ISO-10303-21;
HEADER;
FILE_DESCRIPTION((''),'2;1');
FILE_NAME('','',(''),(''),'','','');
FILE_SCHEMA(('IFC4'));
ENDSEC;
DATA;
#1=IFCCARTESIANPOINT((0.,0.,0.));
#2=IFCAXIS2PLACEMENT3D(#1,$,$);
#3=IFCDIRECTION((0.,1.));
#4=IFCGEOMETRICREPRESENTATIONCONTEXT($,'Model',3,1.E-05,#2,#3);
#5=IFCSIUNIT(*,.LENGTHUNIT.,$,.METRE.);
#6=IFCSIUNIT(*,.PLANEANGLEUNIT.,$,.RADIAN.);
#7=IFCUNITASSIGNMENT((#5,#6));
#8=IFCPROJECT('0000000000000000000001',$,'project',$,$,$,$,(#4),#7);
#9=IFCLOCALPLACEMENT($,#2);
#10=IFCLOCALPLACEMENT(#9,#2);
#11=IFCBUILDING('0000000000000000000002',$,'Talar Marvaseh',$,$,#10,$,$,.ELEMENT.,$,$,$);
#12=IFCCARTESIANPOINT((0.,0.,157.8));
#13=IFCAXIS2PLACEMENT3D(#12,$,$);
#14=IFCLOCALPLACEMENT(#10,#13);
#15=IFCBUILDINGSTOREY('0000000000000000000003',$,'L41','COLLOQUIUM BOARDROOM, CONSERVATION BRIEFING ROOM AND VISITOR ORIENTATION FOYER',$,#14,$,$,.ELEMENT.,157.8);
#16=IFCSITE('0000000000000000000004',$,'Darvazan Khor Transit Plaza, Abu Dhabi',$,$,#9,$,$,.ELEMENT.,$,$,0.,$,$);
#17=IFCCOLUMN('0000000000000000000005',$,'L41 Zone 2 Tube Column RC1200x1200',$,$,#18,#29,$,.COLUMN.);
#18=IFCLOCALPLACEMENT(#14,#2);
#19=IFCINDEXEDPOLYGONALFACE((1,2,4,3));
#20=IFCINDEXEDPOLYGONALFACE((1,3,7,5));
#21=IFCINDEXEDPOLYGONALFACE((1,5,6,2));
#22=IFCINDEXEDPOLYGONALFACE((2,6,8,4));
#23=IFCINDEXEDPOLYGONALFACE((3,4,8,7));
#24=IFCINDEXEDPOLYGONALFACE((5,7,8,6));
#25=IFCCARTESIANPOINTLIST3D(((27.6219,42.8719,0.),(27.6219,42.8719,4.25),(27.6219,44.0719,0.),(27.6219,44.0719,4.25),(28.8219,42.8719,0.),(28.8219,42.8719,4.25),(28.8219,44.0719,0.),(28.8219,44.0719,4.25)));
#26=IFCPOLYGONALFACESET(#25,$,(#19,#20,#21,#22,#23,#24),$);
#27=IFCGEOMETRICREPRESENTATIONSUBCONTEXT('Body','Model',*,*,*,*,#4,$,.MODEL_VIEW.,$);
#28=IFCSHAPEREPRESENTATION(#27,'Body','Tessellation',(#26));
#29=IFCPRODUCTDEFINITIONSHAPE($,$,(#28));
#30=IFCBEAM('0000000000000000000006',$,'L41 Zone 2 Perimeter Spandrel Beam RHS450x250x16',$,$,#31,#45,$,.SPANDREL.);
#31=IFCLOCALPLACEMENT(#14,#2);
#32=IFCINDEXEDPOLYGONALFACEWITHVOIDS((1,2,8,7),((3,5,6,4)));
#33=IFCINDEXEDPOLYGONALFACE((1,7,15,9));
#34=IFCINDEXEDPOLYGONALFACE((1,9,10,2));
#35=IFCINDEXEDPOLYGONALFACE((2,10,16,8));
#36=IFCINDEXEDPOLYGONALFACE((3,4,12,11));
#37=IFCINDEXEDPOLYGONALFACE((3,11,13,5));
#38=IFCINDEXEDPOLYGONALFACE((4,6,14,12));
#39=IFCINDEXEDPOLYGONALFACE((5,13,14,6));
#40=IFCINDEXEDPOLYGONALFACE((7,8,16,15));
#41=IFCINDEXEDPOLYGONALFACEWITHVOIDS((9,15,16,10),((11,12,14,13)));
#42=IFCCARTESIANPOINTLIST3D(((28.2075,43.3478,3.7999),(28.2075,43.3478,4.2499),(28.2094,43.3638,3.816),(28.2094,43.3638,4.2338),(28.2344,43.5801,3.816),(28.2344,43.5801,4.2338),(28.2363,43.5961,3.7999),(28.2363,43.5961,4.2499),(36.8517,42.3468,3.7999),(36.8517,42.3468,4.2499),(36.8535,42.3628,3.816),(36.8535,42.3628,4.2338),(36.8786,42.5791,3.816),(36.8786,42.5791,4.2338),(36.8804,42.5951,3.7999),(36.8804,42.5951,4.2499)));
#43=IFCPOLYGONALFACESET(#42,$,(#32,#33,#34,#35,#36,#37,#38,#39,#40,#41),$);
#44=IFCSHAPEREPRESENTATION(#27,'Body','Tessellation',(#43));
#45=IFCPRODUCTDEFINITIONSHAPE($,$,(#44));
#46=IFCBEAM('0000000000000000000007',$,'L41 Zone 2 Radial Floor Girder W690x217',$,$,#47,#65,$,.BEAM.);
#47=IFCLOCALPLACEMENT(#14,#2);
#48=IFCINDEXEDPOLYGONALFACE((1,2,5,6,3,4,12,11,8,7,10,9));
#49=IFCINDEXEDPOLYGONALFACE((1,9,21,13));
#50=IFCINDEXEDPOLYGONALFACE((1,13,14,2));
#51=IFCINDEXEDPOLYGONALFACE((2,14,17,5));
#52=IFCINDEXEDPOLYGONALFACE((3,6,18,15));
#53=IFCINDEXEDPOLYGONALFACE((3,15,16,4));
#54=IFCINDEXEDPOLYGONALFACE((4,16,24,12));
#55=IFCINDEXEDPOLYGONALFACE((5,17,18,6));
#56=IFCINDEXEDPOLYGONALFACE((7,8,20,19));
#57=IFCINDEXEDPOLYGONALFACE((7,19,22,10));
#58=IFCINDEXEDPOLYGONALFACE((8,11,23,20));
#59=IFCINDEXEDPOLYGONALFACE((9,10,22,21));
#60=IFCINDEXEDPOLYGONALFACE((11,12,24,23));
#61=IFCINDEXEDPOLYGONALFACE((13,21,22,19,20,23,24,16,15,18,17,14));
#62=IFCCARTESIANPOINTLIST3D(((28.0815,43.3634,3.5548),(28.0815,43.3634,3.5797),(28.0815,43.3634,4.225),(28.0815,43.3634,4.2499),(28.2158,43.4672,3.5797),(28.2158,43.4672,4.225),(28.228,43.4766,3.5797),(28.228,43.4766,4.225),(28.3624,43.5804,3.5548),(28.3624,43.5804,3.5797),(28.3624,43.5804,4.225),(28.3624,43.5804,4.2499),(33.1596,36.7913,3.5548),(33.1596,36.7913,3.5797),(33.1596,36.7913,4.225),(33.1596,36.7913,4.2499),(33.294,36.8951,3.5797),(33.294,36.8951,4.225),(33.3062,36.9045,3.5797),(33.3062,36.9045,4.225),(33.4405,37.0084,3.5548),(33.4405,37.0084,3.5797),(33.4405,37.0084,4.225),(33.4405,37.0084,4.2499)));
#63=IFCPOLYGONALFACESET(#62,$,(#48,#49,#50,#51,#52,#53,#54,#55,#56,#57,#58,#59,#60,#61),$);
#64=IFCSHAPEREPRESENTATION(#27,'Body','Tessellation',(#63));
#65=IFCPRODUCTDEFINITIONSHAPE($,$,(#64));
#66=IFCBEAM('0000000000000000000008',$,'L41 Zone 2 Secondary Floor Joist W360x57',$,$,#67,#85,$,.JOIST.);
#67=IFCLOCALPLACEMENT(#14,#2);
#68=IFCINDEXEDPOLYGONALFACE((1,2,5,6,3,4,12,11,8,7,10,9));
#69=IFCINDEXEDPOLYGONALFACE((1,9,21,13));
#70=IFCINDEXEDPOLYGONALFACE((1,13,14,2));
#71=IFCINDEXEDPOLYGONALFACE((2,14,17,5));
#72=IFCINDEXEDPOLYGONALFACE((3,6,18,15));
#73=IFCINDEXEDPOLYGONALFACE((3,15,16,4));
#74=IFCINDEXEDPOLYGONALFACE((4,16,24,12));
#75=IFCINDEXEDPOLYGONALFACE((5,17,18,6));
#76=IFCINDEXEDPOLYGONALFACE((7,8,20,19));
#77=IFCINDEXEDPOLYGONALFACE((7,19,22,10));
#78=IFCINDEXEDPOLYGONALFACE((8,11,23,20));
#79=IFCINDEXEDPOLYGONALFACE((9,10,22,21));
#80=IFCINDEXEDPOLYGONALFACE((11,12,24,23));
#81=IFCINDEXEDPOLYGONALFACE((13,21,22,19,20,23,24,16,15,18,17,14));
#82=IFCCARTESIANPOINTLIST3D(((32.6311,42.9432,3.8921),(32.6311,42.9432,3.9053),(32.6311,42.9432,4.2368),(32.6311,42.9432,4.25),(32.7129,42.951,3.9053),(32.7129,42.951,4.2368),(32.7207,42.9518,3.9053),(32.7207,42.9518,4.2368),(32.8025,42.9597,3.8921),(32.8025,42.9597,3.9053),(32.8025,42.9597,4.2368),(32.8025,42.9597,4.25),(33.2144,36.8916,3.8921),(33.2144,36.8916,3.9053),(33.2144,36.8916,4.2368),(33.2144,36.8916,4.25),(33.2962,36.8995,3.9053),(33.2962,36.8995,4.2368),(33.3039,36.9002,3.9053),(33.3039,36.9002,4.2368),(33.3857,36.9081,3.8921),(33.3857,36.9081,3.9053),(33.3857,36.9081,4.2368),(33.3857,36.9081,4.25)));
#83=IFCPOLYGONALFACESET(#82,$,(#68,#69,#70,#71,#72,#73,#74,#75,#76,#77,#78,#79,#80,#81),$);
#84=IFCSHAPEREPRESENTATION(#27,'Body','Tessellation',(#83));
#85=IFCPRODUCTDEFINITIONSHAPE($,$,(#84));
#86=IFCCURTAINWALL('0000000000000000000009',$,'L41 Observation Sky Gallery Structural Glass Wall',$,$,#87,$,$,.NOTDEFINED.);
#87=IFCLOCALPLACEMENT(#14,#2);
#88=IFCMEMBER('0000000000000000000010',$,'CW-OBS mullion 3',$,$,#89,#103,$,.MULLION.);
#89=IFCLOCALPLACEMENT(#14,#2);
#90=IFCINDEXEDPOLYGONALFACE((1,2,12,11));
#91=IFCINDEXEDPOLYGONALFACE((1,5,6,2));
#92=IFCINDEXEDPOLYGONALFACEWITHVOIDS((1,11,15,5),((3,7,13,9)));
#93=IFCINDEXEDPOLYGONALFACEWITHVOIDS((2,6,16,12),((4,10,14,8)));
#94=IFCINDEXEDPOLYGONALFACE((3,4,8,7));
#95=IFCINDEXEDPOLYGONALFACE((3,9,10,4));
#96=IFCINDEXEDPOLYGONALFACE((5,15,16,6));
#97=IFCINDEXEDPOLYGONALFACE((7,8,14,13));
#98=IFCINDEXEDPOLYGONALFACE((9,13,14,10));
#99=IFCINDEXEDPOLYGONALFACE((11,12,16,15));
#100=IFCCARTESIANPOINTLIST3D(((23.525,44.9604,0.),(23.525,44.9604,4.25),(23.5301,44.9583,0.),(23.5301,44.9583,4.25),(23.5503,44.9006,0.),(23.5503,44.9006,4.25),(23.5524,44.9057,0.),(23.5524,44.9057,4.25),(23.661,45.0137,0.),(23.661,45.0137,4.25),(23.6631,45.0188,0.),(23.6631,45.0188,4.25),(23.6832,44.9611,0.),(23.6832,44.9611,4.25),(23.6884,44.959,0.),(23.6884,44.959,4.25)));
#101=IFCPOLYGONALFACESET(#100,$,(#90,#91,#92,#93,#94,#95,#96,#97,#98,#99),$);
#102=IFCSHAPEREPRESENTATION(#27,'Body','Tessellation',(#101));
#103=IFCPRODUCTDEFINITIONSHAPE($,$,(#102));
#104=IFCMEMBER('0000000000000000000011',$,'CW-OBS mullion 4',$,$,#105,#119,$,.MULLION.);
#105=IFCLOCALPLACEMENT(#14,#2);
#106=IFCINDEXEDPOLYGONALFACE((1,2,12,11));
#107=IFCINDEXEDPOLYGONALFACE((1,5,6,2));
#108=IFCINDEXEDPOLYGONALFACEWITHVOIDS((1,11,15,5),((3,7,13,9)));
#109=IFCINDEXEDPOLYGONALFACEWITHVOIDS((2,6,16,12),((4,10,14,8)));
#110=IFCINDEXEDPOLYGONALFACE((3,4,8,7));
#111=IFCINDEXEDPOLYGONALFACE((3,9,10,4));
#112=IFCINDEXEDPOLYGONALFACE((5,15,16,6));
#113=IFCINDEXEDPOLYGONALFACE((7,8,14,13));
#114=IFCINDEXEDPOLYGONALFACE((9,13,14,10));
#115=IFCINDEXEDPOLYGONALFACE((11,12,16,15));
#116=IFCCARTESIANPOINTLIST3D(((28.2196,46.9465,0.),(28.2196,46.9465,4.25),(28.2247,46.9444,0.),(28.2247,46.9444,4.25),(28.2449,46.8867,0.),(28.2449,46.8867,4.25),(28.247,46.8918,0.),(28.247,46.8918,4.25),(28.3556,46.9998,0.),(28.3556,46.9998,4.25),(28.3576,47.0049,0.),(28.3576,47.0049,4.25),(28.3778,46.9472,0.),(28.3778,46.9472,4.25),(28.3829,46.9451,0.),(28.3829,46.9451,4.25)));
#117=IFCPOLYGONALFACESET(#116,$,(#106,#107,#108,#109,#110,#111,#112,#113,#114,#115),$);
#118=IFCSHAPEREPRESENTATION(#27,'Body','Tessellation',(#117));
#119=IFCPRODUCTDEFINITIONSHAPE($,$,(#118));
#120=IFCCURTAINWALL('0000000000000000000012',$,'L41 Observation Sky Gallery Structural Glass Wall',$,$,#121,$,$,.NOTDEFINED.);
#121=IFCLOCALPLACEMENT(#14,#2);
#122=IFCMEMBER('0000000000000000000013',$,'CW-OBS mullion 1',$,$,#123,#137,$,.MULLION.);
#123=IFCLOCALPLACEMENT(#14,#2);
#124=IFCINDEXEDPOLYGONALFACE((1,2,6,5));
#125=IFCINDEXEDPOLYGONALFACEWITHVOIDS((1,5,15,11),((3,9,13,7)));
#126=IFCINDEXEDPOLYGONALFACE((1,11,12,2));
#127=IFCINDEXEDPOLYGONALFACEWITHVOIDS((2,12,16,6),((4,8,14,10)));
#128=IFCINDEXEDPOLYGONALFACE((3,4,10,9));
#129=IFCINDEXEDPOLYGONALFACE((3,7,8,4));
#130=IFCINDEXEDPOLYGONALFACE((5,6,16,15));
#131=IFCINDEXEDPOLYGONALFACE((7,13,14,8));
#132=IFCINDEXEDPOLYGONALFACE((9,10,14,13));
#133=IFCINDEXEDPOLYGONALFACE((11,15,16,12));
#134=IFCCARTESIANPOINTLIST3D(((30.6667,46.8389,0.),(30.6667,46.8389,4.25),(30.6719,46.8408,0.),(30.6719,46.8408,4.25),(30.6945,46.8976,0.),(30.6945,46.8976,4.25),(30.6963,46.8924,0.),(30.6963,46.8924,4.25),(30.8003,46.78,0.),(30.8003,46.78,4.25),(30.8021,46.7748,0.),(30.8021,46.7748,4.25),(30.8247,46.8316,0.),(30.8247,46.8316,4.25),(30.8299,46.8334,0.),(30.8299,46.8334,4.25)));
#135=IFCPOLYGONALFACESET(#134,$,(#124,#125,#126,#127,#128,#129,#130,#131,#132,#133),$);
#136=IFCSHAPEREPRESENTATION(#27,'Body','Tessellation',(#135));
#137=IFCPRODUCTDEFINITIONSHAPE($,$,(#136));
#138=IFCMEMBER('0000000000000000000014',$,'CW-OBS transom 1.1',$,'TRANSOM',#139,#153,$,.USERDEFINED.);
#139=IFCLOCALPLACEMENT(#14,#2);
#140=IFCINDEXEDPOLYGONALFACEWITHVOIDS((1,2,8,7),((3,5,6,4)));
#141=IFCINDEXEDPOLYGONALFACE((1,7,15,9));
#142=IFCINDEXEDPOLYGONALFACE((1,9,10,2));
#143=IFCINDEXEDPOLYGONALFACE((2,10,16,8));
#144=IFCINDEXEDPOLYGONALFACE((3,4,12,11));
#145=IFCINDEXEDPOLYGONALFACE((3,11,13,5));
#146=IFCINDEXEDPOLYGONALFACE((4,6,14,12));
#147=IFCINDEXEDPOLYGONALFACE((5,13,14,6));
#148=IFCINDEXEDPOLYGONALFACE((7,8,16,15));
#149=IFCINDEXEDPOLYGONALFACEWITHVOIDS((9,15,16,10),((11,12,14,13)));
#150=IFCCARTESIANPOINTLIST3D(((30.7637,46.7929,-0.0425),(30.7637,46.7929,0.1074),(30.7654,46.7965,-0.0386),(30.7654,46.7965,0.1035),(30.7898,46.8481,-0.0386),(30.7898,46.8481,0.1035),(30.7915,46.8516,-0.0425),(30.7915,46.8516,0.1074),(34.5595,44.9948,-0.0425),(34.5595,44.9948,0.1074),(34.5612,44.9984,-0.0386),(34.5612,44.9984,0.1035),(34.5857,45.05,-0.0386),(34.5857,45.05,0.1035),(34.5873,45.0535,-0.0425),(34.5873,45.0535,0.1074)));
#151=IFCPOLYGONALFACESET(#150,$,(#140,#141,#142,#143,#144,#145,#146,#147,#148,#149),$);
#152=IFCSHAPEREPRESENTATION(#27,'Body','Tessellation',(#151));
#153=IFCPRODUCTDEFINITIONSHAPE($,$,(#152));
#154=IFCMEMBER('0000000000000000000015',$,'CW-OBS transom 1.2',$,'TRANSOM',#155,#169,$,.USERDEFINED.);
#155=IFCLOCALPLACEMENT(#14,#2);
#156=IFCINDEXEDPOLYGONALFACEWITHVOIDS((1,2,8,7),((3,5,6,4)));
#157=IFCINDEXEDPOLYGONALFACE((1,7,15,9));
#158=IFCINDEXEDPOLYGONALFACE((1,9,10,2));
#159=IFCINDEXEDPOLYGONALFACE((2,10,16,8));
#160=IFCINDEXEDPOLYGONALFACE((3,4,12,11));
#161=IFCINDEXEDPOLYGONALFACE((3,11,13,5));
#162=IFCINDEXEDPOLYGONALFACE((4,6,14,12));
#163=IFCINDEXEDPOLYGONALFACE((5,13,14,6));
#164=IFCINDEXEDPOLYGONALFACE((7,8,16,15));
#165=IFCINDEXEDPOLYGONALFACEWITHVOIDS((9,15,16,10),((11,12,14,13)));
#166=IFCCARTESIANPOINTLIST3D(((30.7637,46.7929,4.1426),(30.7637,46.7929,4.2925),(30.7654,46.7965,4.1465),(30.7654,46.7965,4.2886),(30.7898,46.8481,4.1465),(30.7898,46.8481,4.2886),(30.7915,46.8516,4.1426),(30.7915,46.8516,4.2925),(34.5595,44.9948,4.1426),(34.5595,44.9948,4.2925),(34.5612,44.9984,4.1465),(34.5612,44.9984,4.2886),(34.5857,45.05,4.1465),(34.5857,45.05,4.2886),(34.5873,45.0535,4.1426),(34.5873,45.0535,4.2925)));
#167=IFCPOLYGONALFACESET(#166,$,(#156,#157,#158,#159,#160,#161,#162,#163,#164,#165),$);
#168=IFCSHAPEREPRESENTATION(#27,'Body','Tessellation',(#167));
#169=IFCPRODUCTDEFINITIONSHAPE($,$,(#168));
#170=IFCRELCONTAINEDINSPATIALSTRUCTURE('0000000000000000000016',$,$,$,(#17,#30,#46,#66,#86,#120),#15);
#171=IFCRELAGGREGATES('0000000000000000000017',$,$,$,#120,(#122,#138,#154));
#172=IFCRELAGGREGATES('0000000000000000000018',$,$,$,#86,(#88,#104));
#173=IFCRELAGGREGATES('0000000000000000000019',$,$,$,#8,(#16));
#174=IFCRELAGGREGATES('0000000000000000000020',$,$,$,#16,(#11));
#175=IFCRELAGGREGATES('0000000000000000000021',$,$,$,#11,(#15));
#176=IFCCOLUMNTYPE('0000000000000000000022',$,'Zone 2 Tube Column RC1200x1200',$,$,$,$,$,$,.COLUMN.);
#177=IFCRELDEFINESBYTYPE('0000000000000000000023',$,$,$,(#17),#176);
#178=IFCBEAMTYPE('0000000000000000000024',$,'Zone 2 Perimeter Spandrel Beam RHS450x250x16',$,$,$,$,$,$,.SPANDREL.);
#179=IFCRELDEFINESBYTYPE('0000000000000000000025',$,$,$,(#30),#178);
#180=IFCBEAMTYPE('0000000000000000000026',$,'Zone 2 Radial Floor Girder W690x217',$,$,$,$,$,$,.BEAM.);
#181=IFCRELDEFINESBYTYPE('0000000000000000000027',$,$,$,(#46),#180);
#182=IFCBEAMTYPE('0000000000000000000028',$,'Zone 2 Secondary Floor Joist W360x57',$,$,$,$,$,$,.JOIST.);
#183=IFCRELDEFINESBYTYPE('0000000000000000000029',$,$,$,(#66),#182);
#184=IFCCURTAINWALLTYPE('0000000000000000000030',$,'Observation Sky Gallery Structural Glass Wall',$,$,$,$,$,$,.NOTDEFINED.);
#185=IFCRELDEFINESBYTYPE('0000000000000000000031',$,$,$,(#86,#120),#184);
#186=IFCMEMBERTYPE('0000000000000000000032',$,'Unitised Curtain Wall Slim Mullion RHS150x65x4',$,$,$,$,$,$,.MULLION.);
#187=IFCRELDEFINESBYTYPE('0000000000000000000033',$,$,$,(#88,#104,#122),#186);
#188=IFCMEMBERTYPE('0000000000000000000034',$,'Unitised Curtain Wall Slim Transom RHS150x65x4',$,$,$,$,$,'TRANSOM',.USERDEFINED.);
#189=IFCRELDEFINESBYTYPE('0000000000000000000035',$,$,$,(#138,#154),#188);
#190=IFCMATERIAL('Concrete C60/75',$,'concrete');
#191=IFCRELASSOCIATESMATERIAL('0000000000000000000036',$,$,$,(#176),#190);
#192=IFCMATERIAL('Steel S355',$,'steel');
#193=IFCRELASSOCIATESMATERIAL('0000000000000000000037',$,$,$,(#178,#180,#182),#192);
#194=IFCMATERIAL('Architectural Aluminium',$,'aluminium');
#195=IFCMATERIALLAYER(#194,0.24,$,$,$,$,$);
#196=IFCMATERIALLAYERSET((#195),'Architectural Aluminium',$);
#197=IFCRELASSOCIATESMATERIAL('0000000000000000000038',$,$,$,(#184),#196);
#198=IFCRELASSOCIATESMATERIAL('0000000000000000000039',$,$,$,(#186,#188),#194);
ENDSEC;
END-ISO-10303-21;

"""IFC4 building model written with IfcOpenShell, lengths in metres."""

from ifc_helpers import new_model, si_unit, direction, frame, origin, origin_2d, place, context, subcontext, project, spatial, rectangle, hollow_rectangle, i_section, extrude, source, transform, mapped, material, layer, layer_set, material_profile, profile_set, type_object, type_shapes, element, aggregate, save


model = new_model("IFC4")

# Units and contexts
model_context = context("Model", 3, precision=1e-05, world=origin(), true_north=direction((0.0, 1.0)))
body_context = subcontext(model_context, "Body", "Model", "MODEL_VIEW")
ifc_project = project(units=[si_unit("LENGTHUNIT", "METRE"), si_unit("PLANEANGLEUNIT", "RADIAN")], contexts=[model_context])

# Site, building, storey
site_placement = place(None, origin())
site = spatial("IfcSite", under=ifc_project, at=site_placement, Name="Darvazan Khor Transit Plaza, Abu Dhabi", CompositionType="ELEMENT", RefElevation=0.0)
building_placement = place(site_placement, origin())
building = spatial("IfcBuilding", under=site, at=building_placement, Name="Talar Marvaseh", CompositionType="ELEMENT")
storey_placement = place(building_placement, frame((0.0, 0.0, 157.8)))
storey = spatial("IfcBuildingStorey", under=building, at=storey_placement, Name="L41", Description="COLLOQUIUM BOARDROOM, CONSERVATION BRIEFING ROOM AND VISITOR ORIENTATION FOYER", CompositionType="ELEMENT", Elevation=157.8)

# Column
ifc_material_1 = material(Name="Concrete C60/75", Category="concrete")
ifc_material_profile_1 = material_profile(ifc_material_1, rectangle(XDim=1.2, YDim=1.2, at=origin_2d()), Name="RC1200x1200")
ifc_profile_set_1 = profile_set([ifc_material_profile_1], Name="Concrete C60/75")
column_type = type_object("IfcColumnType", Name="Zone 2 Tube Column RC1200x1200", PredefinedType="COLUMN", material=ifc_profile_set_1)
column_placement = place(storey_placement, frame((28.2219, 43.4719, 0.0), z_axis=(0.0, 0.0, 1.0), x_axis=(1.0, 0.0, 0.0)))
element("IfcColumn", 1, at=column_placement, inside=storey, type_object=column_type, Name="L41 Zone 2 Tube Column RC1200x1200", PredefinedType="COLUMN", context=body_context, shape_type="SweptSolid", body=[
    extrude(rectangle(XDim=1.2, YDim=1.2, at=origin_2d()), origin(), (0.0, 0.0, 1.0), 4.25),
])

# Beams
ifc_material_2 = material(Name="Steel S355", Category="steel")
ifc_material_profile_2 = material_profile(ifc_material_2, hollow_rectangle(XDim=0.25, YDim=0.45, WallThickness=0.0161, at=origin_2d()), Name="RHS450x250x16")
ifc_profile_set_2 = profile_set([ifc_material_profile_2], Name="Steel S355")
beam_type_1 = type_object("IfcBeamType", Name="Zone 2 Perimeter Spandrel Beam RHS450x250x16", PredefinedType="SPANDREL", material=ifc_profile_set_2)
beam_1_placement = place(storey_placement, frame((28.2219, 43.4719, 4.0249), z_axis=(0.993362, -0.115031, 0.0), x_axis=(0.115031, 0.993362, 0.0)))
element("IfcBeam", 2, at=beam_1_placement, inside=storey, type_object=beam_type_1, Name="L41 Zone 2 Perimeter Spandrel Beam RHS450x250x16", PredefinedType="SPANDREL", context=body_context, shape_type="SweptSolid", body=[
    extrude(hollow_rectangle(XDim=0.25, YDim=0.45, WallThickness=0.0161, at=origin_2d()), origin(), (0.0, 0.0, 1.0), 8.7019),
])
ifc_material_profile_3 = material_profile(ifc_material_2, i_section(OverallWidth=0.355, OverallDepth=0.6951, WebThickness=0.0154, FlangeThickness=0.0249, at=origin_2d()), Name="W690x217")
ifc_profile_set_3 = profile_set([ifc_material_profile_3], Name="Steel S355")
beam_type_2 = type_object("IfcBeamType", Name="Zone 2 Radial Floor Girder W690x217", PredefinedType="BEAM", material=ifc_profile_set_3)
beam_2_placement = place(storey_placement, frame((28.2219, 43.4719, 3.9023), z_axis=(0.611428, -0.7913, 0.0), x_axis=(0.7913, 0.611428, 0.0)))
element("IfcBeam", 3, at=beam_2_placement, inside=storey, type_object=beam_type_2, Name="L41 Zone 2 Radial Floor Girder W690x217", PredefinedType="BEAM", context=body_context, shape_type="SweptSolid", body=[
    extrude(i_section(OverallWidth=0.355, OverallDepth=0.6951, WebThickness=0.0154, FlangeThickness=0.0249, at=origin_2d()), origin(), (0.0, 0.0, 1.0), 8.3054),
])
ifc_material_profile_4 = material_profile(ifc_material_2, i_section(OverallWidth=0.1721, OverallDepth=0.3579, WebThickness=0.0078, FlangeThickness=0.0132, at=origin_2d()), Name="W360x57")
ifc_profile_set_4 = profile_set([ifc_material_profile_4], Name="Steel S355")
beam_type_3 = type_object("IfcBeamType", Name="Zone 2 Secondary Floor Joist W360x57", PredefinedType="JOIST", material=ifc_profile_set_4)
beam_3_placement = place(storey_placement, frame((32.7168, 42.9514, 4.071), z_axis=(0.095937, -0.995387, 0.0), x_axis=(0.995387, 0.095937, 0.0)))
element("IfcBeam", 4, at=beam_3_placement, inside=storey, type_object=beam_type_3, Name="L41 Zone 2 Secondary Floor Joist W360x57", PredefinedType="JOIST", context=body_context, shape_type="SweptSolid", body=[
    extrude(i_section(OverallWidth=0.1721, OverallDepth=0.3579, WebThickness=0.0078, FlangeThickness=0.0132, at=origin_2d()), origin(), (0.0, 0.0, 1.0), 6.0796),
])

# Curtain walls, members
ifc_material_3 = material(Name="Architectural Aluminium", Category="aluminium")
ifc_layer_1 = layer(ifc_material_3, 0.24)
ifc_layer_set_1 = layer_set([ifc_layer_1], Name="Architectural Aluminium")
curtain_wall_type = type_object("IfcCurtainWallType", Name="Observation Sky Gallery Structural Glass Wall", PredefinedType="NOTDEFINED", material=ifc_layer_set_1)
curtain_wall_1_placement = place(storey_placement, origin())
curtain_wall_1 = element("IfcCurtainWall", 5, at=curtain_wall_1_placement, inside=storey, type_object=curtain_wall_type, Name="L41 Observation Sky Gallery Structural Glass Wall", PredefinedType="NOTDEFINED")
ifc_material_profile_5 = material_profile(ifc_material_3, hollow_rectangle(XDim=0.0649, YDim=0.1499, WallThickness=0.0039, at=origin_2d()), Name="RHS150x65x4")
ifc_profile_set_5 = profile_set([ifc_material_profile_5], Name="Architectural Aluminium")
member_type_1 = type_object("IfcMemberType", Name="Unitised Curtain Wall Slim Mullion RHS150x65x4", PredefinedType="MULLION", material=ifc_profile_set_5)
shared_shape_1 = source(origin(), body_context, "Body", "SweptSolid", [
    extrude(hollow_rectangle(XDim=0.0649, YDim=0.1499, WallThickness=0.0039, at=origin_2d()), origin(), (0.0, 0.0, 1.0), 4.25),
])
type_shapes(member_type_1, [shared_shape_1])
member_1_placement = place(storey_placement, frame((23.6067, 44.9597, 0.0), z_axis=(0.0, 0.0, 1.0), x_axis=(-0.38964, 0.920967, 0.0)))
member_1 = element("IfcMember", 6, at=member_1_placement, type_object=member_type_1, Name="CW-OBS mullion 3", PredefinedType="MULLION", context=body_context, shape_type="MappedRepresentation", body=[
    mapped(shared_shape_1, transform((0.0, 0.0, 0.0), x_axis=(1.0, 0.0, 0.0), y_axis=(0.0, 1.0, 0.0), z_axis=(0.0, 0.0, 1.0), scale=1.0)),
])
member_2_placement = place(storey_placement, frame((28.3013, 46.9458, 0.0), z_axis=(0.0, 0.0, 1.0), x_axis=(-0.38964, 0.920967, 0.0)))
member_2 = element("IfcMember", 7, at=member_2_placement, type_object=member_type_1, Name="CW-OBS mullion 4", PredefinedType="MULLION", context=body_context, shape_type="MappedRepresentation", body=[
    mapped(shared_shape_1, transform((0.0, 0.0, 0.0), x_axis=(1.0, 0.0, 0.0), y_axis=(0.0, 1.0, 0.0), z_axis=(0.0, 0.0, 1.0), scale=1.0)),
])
curtain_wall_2_placement = place(storey_placement, origin())
curtain_wall_2 = element("IfcCurtainWall", 8, at=curtain_wall_2_placement, inside=storey, type_object=curtain_wall_type, Name="L41 Observation Sky Gallery Structural Glass Wall", PredefinedType="NOTDEFINED")
member_3_placement = place(storey_placement, frame((30.7483, 46.8362, 0.0), z_axis=(0.0, 0.0, 1.0), x_axis=(0.428089, 0.903737, 0.0)))
member_3 = element("IfcMember", 9, at=member_3_placement, type_object=member_type_1, Name="CW-OBS mullion 1", PredefinedType="MULLION", context=body_context, shape_type="MappedRepresentation", body=[
    mapped(shared_shape_1, transform((0.0, 0.0, 0.0), x_axis=(1.0, 0.0, 0.0), y_axis=(0.0, 1.0, 0.0), z_axis=(0.0, 0.0, 1.0), scale=1.0)),
])
ifc_material_profile_6 = material_profile(ifc_material_3, hollow_rectangle(XDim=0.0649, YDim=0.1499, WallThickness=0.0039, at=origin_2d()), Name="RHS150x65x4")
ifc_profile_set_6 = profile_set([ifc_material_profile_6], Name="Architectural Aluminium")
member_type_2 = type_object("IfcMemberType", Name="Unitised Curtain Wall Slim Transom RHS150x65x4", ElementType="TRANSOM", PredefinedType="USERDEFINED", material=ifc_profile_set_6)
shared_shape_2 = source(origin(), body_context, "Body", "SweptSolid", [
    extrude(hollow_rectangle(XDim=0.0649, YDim=0.1499, WallThickness=0.0039, at=origin_2d()), origin(), (0.0, 0.0, 1.0), 4.2002),
])
member_4_placement = place(storey_placement, frame((30.7776, 46.8223, 0.0325), z_axis=(0.903734, -0.428094, 0.0), x_axis=(0.428094, 0.903734, 0.0)))
member_4 = element("IfcMember", 10, at=member_4_placement, type_object=member_type_2, Name="CW-OBS transom 1.1", ObjectType="TRANSOM", PredefinedType="USERDEFINED", context=body_context, shape_type="MappedRepresentation", body=[
    mapped(shared_shape_2, transform((0.0, 0.0, 0.0), x_axis=(1.0, 0.0, 0.0), y_axis=(0.0, 1.0, 0.0), z_axis=(0.0, 0.0, 1.0), scale=1.0)),
])
member_5_placement = place(storey_placement, frame((30.7776, 46.8223, 4.2175), z_axis=(0.903734, -0.428094, 0.0), x_axis=(0.428094, 0.903734, 0.0)))
member_5 = element("IfcMember", 11, at=member_5_placement, type_object=member_type_2, Name="CW-OBS transom 1.2", ObjectType="TRANSOM", PredefinedType="USERDEFINED", context=body_context, shape_type="MappedRepresentation", body=[
    mapped(shared_shape_2, transform((0.0, 0.0, 0.0), x_axis=(1.0, 0.0, 0.0), y_axis=(0.0, 1.0, 0.0), z_axis=(0.0, 0.0, 1.0), scale=1.0)),
])

aggregate(curtain_wall_2, [member_3, member_4, member_5])
aggregate(curtain_wall_1, [member_1, member_2])

save(model, "model.ifc")
